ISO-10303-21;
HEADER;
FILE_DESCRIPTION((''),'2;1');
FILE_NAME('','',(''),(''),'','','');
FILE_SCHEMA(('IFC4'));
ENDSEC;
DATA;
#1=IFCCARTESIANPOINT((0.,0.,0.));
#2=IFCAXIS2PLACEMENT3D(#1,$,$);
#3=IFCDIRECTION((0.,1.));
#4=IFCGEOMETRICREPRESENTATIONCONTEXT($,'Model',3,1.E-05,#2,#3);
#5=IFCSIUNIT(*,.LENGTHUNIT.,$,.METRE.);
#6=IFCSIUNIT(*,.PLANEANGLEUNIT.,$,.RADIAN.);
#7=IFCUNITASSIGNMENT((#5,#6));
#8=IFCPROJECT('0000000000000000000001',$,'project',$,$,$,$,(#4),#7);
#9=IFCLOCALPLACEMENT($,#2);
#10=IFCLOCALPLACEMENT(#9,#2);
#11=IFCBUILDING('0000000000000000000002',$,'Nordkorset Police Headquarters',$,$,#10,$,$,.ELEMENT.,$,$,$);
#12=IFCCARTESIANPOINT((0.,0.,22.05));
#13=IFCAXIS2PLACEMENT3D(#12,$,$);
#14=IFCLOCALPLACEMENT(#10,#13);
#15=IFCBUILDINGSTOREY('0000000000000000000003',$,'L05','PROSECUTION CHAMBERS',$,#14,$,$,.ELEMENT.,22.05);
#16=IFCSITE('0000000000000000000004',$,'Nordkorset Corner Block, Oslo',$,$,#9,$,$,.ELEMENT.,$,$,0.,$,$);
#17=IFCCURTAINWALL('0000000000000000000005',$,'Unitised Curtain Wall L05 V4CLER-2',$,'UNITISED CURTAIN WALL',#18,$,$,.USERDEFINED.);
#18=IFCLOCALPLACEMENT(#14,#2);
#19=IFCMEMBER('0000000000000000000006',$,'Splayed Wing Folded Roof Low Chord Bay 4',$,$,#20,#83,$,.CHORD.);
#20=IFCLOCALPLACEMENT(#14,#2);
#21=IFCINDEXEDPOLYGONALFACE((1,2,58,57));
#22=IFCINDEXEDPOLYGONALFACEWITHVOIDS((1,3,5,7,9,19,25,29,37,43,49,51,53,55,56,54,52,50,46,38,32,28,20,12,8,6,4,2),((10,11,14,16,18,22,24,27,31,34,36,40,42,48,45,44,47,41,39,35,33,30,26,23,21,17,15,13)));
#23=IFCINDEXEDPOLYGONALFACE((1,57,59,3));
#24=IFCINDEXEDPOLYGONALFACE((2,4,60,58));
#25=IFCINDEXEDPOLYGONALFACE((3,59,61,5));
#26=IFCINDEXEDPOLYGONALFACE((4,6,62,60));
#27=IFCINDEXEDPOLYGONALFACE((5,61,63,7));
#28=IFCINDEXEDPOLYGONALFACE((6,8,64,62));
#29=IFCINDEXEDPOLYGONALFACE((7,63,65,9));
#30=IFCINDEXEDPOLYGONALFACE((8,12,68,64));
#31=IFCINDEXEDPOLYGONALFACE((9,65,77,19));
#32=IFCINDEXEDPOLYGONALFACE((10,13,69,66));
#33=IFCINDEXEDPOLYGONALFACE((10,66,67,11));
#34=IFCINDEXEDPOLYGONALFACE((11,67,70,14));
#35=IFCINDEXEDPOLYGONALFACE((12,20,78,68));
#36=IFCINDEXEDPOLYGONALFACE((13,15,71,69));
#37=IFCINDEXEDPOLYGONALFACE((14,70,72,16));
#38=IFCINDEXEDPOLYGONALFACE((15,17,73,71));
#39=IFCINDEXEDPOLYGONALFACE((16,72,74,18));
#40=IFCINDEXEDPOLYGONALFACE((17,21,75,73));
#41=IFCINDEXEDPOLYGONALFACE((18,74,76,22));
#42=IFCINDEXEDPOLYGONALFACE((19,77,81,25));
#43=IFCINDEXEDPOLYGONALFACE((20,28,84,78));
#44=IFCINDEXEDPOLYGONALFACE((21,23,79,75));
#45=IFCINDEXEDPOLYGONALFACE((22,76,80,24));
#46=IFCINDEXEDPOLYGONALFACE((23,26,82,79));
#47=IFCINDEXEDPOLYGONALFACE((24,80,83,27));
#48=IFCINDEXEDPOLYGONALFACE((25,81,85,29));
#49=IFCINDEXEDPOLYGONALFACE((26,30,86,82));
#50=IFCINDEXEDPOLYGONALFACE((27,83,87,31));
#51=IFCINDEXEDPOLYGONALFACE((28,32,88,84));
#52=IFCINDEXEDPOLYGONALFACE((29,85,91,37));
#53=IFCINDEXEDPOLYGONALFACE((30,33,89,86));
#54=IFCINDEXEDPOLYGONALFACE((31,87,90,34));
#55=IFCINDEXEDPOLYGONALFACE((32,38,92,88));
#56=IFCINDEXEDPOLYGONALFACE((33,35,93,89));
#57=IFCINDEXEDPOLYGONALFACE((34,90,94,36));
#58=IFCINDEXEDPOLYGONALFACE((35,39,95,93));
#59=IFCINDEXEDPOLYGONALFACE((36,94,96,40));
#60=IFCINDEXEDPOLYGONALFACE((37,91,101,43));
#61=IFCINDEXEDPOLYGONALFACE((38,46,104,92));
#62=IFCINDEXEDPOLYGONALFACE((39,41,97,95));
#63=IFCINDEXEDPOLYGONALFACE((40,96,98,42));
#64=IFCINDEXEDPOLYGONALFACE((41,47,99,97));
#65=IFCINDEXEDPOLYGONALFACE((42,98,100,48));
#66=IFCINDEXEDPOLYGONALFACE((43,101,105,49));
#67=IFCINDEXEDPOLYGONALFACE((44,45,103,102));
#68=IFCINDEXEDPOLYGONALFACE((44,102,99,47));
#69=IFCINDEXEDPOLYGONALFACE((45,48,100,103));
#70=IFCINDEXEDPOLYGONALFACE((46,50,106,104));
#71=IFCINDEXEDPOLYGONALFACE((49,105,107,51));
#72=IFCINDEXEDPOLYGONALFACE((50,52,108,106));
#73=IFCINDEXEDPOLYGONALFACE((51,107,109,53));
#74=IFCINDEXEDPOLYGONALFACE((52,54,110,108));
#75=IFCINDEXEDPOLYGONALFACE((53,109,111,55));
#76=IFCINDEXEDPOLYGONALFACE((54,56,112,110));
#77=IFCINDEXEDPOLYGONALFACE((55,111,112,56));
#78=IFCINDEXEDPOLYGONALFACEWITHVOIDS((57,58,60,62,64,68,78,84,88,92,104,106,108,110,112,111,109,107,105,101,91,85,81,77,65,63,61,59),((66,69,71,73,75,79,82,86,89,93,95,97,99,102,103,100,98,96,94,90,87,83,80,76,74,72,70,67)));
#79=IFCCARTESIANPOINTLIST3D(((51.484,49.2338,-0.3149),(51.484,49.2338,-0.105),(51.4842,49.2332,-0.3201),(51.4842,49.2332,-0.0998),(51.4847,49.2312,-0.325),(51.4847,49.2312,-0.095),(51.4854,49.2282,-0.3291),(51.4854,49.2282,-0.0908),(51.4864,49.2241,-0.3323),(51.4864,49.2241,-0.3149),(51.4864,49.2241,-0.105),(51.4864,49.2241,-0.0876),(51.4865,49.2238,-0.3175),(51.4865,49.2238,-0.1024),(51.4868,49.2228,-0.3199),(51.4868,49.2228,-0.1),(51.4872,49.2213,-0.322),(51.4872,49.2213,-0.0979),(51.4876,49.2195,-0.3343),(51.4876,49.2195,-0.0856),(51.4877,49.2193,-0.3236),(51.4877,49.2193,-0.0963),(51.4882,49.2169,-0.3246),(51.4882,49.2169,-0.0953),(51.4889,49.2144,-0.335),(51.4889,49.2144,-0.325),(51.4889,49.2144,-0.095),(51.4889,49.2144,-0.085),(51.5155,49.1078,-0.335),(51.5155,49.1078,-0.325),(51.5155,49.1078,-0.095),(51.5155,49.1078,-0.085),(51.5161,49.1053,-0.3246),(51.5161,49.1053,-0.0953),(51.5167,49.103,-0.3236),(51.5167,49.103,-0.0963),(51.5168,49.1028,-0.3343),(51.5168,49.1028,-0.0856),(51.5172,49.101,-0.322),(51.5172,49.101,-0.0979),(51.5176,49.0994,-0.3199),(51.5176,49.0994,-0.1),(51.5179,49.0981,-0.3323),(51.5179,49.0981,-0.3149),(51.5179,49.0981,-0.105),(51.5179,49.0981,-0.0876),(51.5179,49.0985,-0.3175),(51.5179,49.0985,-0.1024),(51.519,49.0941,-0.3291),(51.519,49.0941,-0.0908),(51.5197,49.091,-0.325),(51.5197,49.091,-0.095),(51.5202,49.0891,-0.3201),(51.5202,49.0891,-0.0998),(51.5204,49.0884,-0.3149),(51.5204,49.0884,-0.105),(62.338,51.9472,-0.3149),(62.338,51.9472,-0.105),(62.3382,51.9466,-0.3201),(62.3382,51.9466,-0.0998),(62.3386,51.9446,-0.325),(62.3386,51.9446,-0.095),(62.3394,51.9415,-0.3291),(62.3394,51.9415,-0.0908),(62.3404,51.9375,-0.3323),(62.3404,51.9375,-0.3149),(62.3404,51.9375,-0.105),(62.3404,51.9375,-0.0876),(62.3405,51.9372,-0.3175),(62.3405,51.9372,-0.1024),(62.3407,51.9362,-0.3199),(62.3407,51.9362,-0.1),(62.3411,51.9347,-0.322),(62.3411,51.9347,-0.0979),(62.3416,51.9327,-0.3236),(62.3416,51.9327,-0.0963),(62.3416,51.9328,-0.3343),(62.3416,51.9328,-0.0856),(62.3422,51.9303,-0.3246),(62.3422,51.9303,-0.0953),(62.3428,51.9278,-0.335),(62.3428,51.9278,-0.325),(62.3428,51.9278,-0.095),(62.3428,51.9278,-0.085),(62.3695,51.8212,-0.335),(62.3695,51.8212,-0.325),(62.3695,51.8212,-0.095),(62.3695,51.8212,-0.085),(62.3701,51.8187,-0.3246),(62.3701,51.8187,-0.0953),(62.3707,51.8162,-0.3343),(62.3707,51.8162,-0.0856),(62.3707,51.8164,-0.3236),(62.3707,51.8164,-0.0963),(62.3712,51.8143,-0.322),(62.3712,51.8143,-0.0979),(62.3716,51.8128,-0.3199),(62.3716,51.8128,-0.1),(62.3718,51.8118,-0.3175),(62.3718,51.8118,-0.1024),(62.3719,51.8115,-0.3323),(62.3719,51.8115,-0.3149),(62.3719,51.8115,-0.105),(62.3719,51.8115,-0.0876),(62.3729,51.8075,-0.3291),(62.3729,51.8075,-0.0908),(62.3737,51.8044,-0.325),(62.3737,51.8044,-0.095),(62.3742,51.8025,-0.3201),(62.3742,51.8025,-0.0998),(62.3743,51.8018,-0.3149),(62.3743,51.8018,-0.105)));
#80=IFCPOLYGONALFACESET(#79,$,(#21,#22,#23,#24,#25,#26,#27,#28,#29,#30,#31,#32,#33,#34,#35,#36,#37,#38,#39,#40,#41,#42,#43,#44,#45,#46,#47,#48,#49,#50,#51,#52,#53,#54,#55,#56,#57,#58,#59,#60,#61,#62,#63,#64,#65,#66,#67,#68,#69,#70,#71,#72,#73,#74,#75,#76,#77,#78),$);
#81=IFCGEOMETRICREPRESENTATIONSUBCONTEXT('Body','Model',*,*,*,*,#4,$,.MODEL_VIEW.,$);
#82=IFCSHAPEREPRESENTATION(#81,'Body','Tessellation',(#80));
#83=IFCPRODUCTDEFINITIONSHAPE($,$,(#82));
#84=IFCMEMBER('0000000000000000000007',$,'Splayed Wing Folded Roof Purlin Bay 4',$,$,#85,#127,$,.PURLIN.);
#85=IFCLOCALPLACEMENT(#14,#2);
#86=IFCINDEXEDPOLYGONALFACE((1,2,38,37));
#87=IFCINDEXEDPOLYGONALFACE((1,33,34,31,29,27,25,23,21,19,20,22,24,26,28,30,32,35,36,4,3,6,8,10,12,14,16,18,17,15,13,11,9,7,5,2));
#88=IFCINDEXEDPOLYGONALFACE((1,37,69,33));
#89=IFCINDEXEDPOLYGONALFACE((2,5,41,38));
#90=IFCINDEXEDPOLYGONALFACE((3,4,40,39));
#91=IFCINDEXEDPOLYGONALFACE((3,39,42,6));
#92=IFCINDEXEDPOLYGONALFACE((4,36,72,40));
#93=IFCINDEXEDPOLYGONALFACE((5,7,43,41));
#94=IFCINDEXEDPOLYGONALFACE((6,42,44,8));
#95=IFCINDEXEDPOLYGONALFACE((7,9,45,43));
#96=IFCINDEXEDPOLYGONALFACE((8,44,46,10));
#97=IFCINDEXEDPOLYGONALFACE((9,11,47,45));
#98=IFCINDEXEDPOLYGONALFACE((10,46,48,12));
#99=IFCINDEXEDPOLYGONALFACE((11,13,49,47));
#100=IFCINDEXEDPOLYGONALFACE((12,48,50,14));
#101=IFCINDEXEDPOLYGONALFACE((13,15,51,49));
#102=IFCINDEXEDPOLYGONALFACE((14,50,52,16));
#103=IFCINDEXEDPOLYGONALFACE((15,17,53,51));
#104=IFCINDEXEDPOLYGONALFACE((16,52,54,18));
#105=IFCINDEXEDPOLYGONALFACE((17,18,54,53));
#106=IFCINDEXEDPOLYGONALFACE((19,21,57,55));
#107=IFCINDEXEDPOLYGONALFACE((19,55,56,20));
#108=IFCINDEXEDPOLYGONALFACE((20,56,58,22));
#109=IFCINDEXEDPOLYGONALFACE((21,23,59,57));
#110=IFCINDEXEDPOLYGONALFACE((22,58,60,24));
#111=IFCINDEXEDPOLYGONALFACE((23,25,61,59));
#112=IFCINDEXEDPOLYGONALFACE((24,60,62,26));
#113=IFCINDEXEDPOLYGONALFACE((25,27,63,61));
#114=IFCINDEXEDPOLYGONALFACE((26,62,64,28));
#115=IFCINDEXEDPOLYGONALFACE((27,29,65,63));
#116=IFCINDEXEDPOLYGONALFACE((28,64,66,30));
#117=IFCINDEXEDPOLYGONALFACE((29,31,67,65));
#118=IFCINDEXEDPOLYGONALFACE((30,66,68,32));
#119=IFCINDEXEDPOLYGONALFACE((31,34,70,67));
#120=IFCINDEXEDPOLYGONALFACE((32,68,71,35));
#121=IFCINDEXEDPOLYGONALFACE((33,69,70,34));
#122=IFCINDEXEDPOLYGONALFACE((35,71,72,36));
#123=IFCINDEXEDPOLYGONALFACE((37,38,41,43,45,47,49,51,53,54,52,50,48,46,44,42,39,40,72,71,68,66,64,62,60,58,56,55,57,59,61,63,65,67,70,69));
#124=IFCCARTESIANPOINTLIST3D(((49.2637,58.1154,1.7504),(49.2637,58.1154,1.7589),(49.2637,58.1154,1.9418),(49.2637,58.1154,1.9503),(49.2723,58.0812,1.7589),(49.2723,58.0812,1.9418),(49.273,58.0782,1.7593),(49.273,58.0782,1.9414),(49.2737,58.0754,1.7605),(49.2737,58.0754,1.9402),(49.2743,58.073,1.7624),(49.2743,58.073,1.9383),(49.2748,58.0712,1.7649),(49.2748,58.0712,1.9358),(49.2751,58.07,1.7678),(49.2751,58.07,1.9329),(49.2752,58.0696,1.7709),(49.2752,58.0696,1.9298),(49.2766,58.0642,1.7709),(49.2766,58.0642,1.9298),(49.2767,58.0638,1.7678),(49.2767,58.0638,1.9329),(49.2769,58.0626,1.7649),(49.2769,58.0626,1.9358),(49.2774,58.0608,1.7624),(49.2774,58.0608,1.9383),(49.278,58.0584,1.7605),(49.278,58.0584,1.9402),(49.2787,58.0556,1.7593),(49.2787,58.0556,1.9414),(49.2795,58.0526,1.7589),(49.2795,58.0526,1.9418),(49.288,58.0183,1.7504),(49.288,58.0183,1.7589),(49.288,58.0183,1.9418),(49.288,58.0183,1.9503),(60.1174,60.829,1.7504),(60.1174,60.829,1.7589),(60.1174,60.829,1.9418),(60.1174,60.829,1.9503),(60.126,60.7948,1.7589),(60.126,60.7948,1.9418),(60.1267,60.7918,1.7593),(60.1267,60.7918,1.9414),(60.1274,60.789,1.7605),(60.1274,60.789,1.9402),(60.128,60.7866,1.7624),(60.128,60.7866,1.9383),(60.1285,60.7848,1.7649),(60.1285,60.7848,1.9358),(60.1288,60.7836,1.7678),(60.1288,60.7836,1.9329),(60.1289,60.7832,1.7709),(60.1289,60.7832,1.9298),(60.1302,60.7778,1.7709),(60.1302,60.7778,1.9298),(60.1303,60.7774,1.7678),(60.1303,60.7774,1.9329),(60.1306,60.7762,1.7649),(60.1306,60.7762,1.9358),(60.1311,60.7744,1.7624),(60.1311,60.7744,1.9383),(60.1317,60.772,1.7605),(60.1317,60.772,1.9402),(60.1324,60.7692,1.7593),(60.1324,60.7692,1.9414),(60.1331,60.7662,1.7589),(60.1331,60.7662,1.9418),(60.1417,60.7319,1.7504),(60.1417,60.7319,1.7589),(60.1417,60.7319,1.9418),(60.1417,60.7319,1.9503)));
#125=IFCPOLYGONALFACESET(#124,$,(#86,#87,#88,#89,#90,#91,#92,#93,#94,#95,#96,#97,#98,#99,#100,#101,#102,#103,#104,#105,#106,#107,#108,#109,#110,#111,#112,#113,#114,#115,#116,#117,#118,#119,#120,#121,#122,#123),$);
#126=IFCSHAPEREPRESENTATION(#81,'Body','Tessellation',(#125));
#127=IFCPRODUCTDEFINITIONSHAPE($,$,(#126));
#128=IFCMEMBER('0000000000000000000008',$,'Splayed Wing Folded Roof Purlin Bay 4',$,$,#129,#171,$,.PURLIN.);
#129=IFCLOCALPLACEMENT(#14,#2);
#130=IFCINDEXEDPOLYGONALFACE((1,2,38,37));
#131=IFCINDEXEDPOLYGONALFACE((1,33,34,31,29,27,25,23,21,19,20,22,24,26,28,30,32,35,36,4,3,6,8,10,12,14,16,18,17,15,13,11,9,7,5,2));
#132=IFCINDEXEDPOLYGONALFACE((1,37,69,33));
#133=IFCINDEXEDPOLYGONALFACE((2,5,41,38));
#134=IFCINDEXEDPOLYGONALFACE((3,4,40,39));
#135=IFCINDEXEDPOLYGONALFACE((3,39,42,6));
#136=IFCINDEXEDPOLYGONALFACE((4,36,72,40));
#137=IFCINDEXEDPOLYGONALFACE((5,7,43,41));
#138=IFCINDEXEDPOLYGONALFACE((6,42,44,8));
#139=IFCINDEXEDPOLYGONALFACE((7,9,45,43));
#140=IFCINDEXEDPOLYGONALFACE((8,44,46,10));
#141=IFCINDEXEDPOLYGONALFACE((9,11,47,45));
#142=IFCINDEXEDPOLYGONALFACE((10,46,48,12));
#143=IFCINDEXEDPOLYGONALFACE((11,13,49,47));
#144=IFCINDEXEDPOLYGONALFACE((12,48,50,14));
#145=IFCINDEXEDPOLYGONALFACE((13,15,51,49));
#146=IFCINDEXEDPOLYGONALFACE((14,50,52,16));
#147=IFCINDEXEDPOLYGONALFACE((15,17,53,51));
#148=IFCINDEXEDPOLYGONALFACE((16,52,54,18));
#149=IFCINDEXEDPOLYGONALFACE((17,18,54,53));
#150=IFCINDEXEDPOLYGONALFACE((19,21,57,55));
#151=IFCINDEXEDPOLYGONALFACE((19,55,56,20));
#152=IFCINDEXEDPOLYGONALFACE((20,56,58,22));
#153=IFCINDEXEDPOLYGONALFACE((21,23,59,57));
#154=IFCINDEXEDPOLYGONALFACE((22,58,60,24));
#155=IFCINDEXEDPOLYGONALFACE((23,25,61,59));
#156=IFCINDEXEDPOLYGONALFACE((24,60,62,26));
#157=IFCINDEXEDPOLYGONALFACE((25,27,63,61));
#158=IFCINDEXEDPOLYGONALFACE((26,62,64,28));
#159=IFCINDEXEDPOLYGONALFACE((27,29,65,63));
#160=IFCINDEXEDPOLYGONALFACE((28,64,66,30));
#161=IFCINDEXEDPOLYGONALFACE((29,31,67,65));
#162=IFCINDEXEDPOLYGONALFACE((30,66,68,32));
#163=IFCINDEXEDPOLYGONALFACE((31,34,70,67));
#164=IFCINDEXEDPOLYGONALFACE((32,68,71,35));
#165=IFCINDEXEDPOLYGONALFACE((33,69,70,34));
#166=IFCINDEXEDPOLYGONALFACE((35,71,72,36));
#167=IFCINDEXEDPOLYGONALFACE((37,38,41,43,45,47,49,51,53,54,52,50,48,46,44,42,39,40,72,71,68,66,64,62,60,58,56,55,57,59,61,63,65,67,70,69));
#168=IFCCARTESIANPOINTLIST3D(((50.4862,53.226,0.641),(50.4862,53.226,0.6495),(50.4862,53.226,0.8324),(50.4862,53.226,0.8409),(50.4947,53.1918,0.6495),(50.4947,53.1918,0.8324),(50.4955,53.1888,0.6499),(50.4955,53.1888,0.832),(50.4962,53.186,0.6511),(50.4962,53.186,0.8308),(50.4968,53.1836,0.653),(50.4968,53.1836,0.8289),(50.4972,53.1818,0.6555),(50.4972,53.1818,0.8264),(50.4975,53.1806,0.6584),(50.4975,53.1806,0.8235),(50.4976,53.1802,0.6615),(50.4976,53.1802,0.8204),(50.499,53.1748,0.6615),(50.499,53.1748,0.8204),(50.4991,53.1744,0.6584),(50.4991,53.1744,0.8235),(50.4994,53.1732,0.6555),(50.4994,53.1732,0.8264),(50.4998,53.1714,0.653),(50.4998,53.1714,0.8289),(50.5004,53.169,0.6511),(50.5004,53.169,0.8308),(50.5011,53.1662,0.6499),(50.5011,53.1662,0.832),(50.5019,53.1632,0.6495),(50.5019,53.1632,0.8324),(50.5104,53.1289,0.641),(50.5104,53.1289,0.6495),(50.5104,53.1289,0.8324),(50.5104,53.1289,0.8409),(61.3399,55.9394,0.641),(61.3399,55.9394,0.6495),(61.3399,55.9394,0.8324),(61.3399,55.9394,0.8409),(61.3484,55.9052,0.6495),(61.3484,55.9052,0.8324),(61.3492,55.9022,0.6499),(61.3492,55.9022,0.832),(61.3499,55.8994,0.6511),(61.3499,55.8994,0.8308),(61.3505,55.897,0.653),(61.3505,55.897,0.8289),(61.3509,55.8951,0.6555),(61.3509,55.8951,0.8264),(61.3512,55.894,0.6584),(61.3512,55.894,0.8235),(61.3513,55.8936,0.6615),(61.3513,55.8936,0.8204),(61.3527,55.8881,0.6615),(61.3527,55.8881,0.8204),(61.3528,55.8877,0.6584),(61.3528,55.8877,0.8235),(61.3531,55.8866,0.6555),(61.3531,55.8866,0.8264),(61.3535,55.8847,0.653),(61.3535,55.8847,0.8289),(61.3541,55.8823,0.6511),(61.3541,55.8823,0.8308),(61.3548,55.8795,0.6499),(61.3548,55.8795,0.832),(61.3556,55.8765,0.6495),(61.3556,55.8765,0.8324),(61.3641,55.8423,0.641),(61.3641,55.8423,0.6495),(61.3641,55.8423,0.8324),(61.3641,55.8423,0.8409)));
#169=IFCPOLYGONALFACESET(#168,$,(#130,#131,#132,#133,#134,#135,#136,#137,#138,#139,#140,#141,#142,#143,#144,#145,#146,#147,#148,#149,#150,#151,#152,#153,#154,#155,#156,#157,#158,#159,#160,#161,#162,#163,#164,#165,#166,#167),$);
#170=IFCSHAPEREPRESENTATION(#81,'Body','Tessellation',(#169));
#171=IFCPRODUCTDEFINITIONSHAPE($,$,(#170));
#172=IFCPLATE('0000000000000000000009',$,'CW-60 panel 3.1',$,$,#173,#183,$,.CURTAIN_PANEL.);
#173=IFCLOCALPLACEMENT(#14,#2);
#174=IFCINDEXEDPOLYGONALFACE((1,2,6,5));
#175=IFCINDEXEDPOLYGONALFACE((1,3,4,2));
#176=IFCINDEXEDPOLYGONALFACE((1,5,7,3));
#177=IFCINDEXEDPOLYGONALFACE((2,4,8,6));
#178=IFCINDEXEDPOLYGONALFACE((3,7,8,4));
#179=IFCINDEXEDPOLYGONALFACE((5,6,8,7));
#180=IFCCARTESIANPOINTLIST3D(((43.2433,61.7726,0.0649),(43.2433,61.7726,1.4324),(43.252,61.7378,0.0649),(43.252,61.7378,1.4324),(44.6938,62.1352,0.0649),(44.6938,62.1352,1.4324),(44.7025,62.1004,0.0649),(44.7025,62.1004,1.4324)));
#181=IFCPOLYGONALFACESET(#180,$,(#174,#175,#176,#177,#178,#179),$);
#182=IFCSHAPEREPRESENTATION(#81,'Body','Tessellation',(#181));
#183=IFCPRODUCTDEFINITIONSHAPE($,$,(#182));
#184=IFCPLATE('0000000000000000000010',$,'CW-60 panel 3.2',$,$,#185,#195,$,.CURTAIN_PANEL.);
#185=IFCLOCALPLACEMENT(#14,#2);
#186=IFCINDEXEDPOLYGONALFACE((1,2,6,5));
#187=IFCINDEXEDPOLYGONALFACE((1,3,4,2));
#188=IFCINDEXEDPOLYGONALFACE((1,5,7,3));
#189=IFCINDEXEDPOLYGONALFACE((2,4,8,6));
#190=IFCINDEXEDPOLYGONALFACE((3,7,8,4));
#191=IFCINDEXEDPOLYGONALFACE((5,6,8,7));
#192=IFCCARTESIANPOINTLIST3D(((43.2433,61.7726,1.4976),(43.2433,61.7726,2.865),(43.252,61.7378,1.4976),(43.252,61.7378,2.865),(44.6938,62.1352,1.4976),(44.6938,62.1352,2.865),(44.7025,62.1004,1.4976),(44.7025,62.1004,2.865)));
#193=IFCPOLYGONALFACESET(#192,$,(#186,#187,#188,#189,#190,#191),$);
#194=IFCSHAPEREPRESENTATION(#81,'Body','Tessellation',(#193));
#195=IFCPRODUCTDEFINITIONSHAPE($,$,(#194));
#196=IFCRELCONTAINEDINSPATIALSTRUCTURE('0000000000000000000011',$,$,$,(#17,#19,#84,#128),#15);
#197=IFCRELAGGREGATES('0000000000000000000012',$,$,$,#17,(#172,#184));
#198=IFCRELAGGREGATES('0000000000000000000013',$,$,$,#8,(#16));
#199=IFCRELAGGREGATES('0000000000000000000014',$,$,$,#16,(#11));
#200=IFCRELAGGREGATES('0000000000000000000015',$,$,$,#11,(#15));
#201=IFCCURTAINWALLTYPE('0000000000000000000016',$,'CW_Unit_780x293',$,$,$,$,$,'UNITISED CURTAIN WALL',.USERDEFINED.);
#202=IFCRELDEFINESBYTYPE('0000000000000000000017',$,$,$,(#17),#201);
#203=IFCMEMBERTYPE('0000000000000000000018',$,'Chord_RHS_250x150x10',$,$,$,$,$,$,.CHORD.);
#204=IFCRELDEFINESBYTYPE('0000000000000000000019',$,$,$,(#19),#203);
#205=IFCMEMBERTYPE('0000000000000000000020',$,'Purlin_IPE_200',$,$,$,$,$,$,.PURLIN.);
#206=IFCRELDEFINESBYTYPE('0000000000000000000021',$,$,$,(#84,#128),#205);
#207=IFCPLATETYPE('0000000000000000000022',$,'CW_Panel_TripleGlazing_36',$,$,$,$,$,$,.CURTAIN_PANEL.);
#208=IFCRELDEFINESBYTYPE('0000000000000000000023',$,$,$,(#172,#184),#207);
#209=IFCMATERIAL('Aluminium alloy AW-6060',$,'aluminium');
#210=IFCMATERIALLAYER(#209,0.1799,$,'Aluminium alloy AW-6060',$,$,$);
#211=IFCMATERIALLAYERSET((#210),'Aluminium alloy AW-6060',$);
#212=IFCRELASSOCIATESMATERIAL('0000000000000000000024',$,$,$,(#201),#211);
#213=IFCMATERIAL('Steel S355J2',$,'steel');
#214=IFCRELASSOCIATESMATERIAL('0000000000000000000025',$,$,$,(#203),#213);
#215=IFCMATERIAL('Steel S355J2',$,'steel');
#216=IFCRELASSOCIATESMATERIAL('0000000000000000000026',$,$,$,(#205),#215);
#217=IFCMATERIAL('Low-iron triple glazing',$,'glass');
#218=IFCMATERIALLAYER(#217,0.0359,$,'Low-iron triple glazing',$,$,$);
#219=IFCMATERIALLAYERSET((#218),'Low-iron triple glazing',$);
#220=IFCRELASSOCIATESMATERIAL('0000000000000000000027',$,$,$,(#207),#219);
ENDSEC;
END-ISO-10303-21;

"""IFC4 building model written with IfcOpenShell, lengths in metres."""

from ifc_helpers import new_model, si_unit, direction, frame, origin, origin_2d, place, context, subcontext, project, spatial, rectangle, hollow_rectangle, i_section, extrude, material, layer, layer_set, material_profile, profile_set, type_object, element, aggregate, save


model = new_model("IFC4")

# Units and contexts
model_context = context("Model", 3, precision=1e-05, world=origin(), true_north=direction((0.0, 1.0)))
body_context = subcontext(model_context, "Body", "Model", "MODEL_VIEW")
ifc_project = project(units=[si_unit("LENGTHUNIT", "METRE"), si_unit("PLANEANGLEUNIT", "RADIAN")], contexts=[model_context])

# Site, building, storey
site_placement = place(None, origin())
site = spatial("IfcSite", under=ifc_project, at=site_placement, Name="Nordkorset Corner Block, Oslo", CompositionType="ELEMENT", RefElevation=0.0)
building_placement = place(site_placement, origin())
building = spatial("IfcBuilding", under=site, at=building_placement, Name="Nordkorset Police Headquarters", CompositionType="ELEMENT")
storey_placement = place(building_placement, frame((0.0, 0.0, 22.05)))
storey = spatial("IfcBuildingStorey", under=building, at=storey_placement, Name="L05", Description="PROSECUTION CHAMBERS", CompositionType="ELEMENT", Elevation=22.05)

# Curtain wall
ifc_material_1 = material(Name="Aluminium alloy AW-6060", Category="aluminium")
ifc_layer_1 = layer(ifc_material_1, 0.1799, Name="Aluminium alloy AW-6060")
ifc_layer_set_1 = layer_set([ifc_layer_1], Name="Aluminium alloy AW-6060")
curtain_wall_type = type_object("IfcCurtainWallType", Name="CW_Unit_780x293", ElementType="UNITISED CURTAIN WALL", PredefinedType="USERDEFINED", material=ifc_layer_set_1)
curtain_wall_placement = place(storey_placement, origin())
curtain_wall = element("IfcCurtainWall", 1, at=curtain_wall_placement, inside=storey, type_object=curtain_wall_type, Name="Unitised Curtain Wall L05 V4CLER-2", ObjectType="UNITISED CURTAIN WALL", PredefinedType="USERDEFINED")

# Members
ifc_material_2 = material(Name="Steel S355J2", Category="steel")
ifc_material_profile_1 = material_profile(ifc_material_2, hollow_rectangle(XDim=0.1499, YDim=0.25, WallThickness=0.01, InnerFilletRadius=0.01, OuterFilletRadius=0.02, at=origin_2d()), Name="RHS 250x150x10")
ifc_profile_set_1 = profile_set([ifc_material_profile_1], Name="Steel S355J2")
member_type_1 = type_object("IfcMemberType", Name="Chord_RHS_250x150x10", PredefinedType="CHORD", material=ifc_profile_set_1)
member_1_placement = place(storey_placement, frame((51.5022, 49.1611, -0.21), z_axis=(0.970145, 0.242525, 0.0), x_axis=(-0.242525, 0.970145, 0.0)))
element("IfcMember", 2, at=member_1_placement, inside=storey, type_object=member_type_1, Name="Splayed Wing Folded Roof Low Chord Bay 4", PredefinedType="CHORD", context=body_context, shape_type="SweptSolid", body=[
    extrude(hollow_rectangle(XDim=0.1499, YDim=0.25, WallThickness=0.01, InnerFilletRadius=0.01, OuterFilletRadius=0.02, at=origin_2d()), origin(), (0.0, 0.0, 1.0), 11.188),
])
ifc_material_3 = material(Name="Steel S355J2", Category="steel")
ifc_material_profile_2 = material_profile(ifc_material_3, i_section(OverallWidth=0.1001, OverallDepth=0.2, WebThickness=0.0056, FlangeThickness=0.0085, FilletRadius=0.012, at=origin_2d()), Name="IPE 200")
ifc_profile_set_2 = profile_set([ifc_material_profile_2], Name="Steel S355J2")
member_type_2 = type_object("IfcMemberType", Name="Purlin_IPE_200", PredefinedType="PURLIN", material=ifc_profile_set_2)
for number, where, z_axis, x_axis, name in (
    (3, (49.2759, 58.0669, 1.8503), (0.970139, 0.242551, 0.0), (-0.242551, 0.970139, 0.0), "Splayed Wing Folded Roof Purlin Bay 4"),
    (4, (50.4983, 53.1775, 0.741), (0.970144, 0.24253, 0.0), (-0.24253, 0.970144, 0.0), "Splayed Wing Folded Roof Purlin Bay 4"),
):
    element("IfcMember", number, at=place(storey_placement, frame(where, z_axis=z_axis, x_axis=x_axis)), inside=storey, type_object=member_type_2, Name=name, PredefinedType="PURLIN", context=body_context, shape_type="SweptSolid", body=[
        extrude(i_section(OverallWidth=0.1001, OverallDepth=0.2, WebThickness=0.0056, FlangeThickness=0.0085, FilletRadius=0.012, at=origin_2d()), origin(), (0.0, 0.0, 1.0), 11.1877),
    ])

# Plates
ifc_material_4 = material(Name="Low-iron triple glazing", Category="glass")
ifc_layer_2 = layer(ifc_material_4, 0.0359, Name="Low-iron triple glazing")
ifc_layer_set_2 = layer_set([ifc_layer_2], Name="Low-iron triple glazing")
plate_type_1 = type_object("IfcPlateType", Name="CW_Panel_TripleGlazing_36", PredefinedType="CURTAIN_PANEL", material=ifc_layer_set_2)
plate_1_placement = place(storey_placement, frame((43.9729, 61.9365, 0.0649), z_axis=(0.0, 0.0, 1.0), x_axis=(0.970142, 0.242536, 0.0)))
plate_1 = element("IfcPlate", 5, at=plate_1_placement, type_object=plate_type_1, Name="CW-60 panel 3.1", PredefinedType="CURTAIN_PANEL", context=body_context, shape_type="SweptSolid", body=[
    extrude(rectangle(XDim=1.4951, YDim=0.0359, at=origin_2d()), origin(), (0.0, 0.0, 1.0), 1.3674),
])
plate_2_placement = place(storey_placement, frame((43.9729, 61.9365, 1.4976), z_axis=(0.0, 0.0, 1.0), x_axis=(0.970142, 0.242536, 0.0)))
plate_2 = element("IfcPlate", 6, at=plate_2_placement, type_object=plate_type_1, Name="CW-60 panel 3.2", PredefinedType="CURTAIN_PANEL", context=body_context, shape_type="SweptSolid", body=[
    extrude(rectangle(XDim=1.4951, YDim=0.0359, at=origin_2d()), origin(), (0.0, 0.0, 1.0), 1.3674),
])
aggregate(curtain_wall, [plate_1, plate_2])

save(model, "model.ifc")
